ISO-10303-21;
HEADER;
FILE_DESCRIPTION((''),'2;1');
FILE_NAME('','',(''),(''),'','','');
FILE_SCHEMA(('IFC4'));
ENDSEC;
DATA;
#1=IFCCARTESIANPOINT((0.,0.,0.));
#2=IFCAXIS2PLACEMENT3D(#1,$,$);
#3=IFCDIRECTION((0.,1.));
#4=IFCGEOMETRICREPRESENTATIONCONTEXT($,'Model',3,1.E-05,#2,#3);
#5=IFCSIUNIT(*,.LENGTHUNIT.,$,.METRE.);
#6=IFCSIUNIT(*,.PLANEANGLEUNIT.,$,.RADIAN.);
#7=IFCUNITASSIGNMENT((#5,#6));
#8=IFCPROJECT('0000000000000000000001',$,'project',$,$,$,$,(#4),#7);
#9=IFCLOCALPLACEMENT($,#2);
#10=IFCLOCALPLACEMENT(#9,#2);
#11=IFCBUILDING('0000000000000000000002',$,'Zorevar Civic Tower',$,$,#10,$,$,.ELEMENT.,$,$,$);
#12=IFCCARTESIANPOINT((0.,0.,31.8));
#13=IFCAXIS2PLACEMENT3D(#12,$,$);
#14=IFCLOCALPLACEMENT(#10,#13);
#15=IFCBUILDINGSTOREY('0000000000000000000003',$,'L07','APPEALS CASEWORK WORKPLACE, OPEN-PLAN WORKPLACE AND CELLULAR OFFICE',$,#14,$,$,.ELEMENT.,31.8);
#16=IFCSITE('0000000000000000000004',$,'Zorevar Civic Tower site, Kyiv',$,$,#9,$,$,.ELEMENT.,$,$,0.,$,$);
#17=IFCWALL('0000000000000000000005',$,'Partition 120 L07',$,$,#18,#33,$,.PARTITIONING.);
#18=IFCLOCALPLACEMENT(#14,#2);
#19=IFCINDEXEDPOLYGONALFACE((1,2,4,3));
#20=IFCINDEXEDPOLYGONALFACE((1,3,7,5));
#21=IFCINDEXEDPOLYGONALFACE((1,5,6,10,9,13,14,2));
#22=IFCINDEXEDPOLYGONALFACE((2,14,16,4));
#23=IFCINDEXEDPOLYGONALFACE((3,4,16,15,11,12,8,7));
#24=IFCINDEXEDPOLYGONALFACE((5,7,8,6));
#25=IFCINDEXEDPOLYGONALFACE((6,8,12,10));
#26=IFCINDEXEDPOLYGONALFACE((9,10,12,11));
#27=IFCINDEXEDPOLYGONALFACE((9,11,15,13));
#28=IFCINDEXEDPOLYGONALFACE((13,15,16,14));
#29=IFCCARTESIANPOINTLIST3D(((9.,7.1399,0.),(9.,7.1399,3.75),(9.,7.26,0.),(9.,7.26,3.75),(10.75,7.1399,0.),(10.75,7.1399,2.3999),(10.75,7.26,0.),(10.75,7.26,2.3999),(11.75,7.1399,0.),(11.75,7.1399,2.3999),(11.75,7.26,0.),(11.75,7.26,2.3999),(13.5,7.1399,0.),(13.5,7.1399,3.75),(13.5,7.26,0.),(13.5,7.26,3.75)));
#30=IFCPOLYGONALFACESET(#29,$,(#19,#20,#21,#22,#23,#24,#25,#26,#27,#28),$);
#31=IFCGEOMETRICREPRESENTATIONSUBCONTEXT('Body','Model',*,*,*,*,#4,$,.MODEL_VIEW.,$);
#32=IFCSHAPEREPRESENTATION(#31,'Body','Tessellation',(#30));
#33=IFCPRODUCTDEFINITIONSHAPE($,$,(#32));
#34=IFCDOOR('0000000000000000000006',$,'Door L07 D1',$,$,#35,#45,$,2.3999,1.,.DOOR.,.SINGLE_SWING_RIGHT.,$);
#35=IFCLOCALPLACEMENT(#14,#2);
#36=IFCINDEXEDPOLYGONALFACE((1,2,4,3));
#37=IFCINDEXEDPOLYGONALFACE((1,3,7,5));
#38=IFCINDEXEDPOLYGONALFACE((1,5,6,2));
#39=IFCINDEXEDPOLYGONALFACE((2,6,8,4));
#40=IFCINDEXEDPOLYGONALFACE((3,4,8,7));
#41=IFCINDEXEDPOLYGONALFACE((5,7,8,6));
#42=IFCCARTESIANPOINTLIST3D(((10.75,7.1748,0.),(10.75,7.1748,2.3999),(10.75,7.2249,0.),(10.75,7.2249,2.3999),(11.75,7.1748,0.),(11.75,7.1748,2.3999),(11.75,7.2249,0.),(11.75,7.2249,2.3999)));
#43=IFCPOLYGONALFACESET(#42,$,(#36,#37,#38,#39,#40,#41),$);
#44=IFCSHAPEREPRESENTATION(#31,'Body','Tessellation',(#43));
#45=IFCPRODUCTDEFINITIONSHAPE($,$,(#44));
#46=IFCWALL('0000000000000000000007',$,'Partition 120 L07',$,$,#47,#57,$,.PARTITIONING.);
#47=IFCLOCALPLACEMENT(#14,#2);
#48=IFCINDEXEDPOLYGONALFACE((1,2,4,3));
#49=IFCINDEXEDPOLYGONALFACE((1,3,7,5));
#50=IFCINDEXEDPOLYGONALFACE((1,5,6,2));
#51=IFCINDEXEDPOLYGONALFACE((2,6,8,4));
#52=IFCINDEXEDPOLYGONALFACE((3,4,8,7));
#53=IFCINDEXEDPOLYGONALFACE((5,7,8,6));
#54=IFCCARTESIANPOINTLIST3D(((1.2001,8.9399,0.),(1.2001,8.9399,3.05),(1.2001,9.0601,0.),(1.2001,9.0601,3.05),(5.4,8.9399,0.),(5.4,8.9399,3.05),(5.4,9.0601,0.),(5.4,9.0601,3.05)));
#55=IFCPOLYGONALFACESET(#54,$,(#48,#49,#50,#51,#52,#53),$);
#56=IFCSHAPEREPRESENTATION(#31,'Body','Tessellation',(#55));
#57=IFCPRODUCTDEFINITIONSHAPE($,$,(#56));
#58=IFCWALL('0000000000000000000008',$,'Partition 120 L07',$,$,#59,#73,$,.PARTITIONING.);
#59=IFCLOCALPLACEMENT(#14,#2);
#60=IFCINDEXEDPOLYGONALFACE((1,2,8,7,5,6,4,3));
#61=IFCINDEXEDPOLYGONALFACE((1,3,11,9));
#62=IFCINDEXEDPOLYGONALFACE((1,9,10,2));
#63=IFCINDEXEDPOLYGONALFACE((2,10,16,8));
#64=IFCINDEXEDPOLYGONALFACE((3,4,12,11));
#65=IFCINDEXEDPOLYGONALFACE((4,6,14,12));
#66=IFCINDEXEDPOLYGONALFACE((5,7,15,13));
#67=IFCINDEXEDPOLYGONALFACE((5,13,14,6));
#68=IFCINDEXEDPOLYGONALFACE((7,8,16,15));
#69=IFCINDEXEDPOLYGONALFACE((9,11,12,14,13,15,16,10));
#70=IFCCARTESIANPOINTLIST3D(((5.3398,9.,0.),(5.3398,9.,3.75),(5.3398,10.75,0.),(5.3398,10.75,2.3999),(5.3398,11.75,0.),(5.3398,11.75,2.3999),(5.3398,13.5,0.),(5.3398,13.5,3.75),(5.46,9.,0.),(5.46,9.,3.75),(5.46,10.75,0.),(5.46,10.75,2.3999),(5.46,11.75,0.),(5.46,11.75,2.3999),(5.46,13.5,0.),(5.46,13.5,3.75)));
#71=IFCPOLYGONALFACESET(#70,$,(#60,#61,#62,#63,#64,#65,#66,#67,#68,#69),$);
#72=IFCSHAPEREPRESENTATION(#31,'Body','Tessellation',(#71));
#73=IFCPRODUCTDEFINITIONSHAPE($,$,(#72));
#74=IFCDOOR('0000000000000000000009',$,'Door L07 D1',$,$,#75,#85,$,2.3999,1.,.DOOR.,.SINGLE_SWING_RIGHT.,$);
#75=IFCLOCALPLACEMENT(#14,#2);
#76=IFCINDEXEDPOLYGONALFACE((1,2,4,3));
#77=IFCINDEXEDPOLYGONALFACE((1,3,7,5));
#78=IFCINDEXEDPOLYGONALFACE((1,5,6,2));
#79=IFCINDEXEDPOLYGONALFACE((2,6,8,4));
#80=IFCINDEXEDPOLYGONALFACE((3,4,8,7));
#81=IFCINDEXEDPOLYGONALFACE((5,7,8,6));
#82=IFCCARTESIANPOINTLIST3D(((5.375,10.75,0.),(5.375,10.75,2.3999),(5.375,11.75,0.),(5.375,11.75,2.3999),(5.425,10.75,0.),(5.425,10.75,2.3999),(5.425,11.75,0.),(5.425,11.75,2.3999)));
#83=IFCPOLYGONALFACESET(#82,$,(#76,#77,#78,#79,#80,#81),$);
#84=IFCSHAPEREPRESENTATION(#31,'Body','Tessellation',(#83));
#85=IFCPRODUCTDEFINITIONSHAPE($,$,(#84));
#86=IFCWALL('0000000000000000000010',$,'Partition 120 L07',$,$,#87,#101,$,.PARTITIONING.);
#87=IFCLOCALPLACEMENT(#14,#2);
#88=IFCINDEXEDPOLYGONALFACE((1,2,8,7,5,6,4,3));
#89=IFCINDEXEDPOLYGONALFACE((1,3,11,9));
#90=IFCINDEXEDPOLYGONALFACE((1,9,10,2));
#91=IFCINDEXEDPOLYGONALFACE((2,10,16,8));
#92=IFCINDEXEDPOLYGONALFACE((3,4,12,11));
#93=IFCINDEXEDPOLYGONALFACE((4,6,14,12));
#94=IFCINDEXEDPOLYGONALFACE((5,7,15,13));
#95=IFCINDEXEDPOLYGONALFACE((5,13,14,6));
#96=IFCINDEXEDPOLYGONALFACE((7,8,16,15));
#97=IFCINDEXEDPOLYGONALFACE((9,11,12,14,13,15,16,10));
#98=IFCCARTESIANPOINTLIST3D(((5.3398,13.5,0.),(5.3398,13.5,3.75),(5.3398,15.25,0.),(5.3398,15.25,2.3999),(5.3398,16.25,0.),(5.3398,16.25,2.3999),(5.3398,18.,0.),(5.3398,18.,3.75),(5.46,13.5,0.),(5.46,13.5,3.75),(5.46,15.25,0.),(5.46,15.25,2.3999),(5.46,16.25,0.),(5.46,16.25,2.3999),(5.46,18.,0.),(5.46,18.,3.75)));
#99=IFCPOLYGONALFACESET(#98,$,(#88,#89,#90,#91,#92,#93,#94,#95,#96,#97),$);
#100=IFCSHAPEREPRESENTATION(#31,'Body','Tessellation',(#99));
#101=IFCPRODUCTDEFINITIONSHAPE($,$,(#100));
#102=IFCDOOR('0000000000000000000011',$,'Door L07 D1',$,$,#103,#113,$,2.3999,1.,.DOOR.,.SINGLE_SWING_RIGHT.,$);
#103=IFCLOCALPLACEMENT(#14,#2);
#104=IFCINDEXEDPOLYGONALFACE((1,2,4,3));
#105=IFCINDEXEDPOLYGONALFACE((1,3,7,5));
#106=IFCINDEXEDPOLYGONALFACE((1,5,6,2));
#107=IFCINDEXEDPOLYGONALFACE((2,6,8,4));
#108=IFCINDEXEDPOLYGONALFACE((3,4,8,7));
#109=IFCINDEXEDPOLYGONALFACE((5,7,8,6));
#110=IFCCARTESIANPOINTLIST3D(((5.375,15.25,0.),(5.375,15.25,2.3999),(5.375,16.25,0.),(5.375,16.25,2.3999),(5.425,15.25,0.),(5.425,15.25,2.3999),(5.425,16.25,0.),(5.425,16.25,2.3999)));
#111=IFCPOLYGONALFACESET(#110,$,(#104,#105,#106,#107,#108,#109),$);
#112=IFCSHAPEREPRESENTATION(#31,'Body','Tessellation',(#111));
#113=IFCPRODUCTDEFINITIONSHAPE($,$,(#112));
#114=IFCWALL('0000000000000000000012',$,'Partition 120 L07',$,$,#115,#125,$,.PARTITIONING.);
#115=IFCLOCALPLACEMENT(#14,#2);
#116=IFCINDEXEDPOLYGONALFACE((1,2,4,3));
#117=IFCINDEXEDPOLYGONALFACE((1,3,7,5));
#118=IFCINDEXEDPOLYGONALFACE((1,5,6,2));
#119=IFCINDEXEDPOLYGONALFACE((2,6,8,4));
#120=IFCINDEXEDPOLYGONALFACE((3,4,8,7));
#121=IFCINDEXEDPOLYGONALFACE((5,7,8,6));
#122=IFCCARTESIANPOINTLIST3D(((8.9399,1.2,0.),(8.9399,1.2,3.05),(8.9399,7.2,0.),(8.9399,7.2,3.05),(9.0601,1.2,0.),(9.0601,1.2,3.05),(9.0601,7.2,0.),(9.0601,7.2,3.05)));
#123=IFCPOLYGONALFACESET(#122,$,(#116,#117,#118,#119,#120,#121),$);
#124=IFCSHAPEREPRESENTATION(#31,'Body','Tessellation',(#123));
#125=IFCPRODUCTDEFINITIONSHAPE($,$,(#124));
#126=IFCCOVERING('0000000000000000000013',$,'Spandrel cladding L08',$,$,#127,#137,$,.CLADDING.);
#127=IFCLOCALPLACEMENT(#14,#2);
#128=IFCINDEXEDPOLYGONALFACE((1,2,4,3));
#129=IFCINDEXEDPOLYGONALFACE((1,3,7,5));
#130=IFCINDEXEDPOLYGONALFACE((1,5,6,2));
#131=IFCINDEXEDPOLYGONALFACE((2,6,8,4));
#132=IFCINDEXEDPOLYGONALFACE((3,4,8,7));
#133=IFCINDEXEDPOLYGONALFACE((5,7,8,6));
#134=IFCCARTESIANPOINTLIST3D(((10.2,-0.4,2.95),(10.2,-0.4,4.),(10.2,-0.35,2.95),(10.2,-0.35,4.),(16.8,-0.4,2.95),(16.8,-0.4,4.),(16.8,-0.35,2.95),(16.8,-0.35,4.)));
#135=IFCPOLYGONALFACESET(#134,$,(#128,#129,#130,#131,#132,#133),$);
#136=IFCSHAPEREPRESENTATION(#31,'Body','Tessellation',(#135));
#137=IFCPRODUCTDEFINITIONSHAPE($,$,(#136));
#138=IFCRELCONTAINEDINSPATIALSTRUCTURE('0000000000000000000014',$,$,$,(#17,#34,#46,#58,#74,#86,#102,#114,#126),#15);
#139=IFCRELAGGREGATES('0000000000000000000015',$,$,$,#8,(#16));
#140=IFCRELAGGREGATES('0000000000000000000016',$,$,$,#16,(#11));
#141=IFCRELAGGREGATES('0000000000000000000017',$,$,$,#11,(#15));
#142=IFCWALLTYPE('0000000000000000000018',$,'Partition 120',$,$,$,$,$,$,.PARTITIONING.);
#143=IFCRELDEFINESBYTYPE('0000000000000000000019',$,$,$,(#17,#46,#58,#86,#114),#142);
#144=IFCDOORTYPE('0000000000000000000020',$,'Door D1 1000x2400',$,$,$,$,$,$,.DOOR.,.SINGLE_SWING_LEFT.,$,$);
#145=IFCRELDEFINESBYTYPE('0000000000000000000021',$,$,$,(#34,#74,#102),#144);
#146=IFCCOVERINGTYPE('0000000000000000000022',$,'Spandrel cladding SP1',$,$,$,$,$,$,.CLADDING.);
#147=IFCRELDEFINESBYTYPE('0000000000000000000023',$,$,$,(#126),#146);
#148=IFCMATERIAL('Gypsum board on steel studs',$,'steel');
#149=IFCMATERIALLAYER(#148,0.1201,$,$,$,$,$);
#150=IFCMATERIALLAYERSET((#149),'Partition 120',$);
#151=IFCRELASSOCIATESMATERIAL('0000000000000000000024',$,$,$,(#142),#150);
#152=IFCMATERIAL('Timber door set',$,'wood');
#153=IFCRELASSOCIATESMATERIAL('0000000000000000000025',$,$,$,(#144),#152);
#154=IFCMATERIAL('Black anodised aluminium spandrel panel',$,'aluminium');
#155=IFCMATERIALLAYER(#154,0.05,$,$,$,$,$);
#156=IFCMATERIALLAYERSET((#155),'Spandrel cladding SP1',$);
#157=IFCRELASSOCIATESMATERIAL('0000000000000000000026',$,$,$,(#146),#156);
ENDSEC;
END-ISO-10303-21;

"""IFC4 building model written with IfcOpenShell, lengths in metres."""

from ifc_helpers import new_model, si_unit, direction, frame, frame_2d, origin, place, context, subcontext, project, spatial, rectangle, extrude, material, layer, layer_set, type_object, element, fill, save


model = new_model("IFC4")

# Units and contexts
model_context = context("Model", 3, precision=1e-05, world=origin(), true_north=direction((0.0, 1.0)))
body_context = subcontext(model_context, "Body", "Model", "MODEL_VIEW")
ifc_project = project(units=[si_unit("LENGTHUNIT", "METRE"), si_unit("PLANEANGLEUNIT", "RADIAN")], contexts=[model_context])

# Site, building, storey
site_placement = place(None, origin())
site = spatial("IfcSite", under=ifc_project, at=site_placement, Name="Zorevar Civic Tower site, Kyiv", CompositionType="ELEMENT", RefElevation=0.0)
building_placement = place(site_placement, origin())
building = spatial("IfcBuilding", under=site, at=building_placement, Name="Zorevar Civic Tower", CompositionType="ELEMENT")
storey_placement = place(building_placement, frame((0.0, 0.0, 31.8)))
storey = spatial("IfcBuildingStorey", under=building, at=storey_placement, Name="L07", Description="APPEALS CASEWORK WORKPLACE, OPEN-PLAN WORKPLACE AND CELLULAR OFFICE", CompositionType="ELEMENT", Elevation=31.8)

# Wall, opening, door
ifc_material_1 = material(Name="Gypsum board on steel studs", Category="steel")
ifc_layer_1 = layer(ifc_material_1, 0.1201)
ifc_layer_set_1 = layer_set([ifc_layer_1], Name="Partition 120")
wall_type_1 = type_object("IfcWallType", Name="Partition 120", PredefinedType="PARTITIONING", material=ifc_layer_set_1)
wall_1_placement = place(storey_placement, frame((9.0, 7.2, 0.0), z_axis=(0.0, 0.0, 1.0), x_axis=(1.0, 0.0, 0.0)))
wall_1 = element("IfcWall", 1, at=wall_1_placement, inside=storey, type_object=wall_type_1, Name="Partition 120 L07", PredefinedType="PARTITIONING", context=body_context, shape_type="SweptSolid", body=[
    extrude(rectangle(XDim=4.5, YDim=0.1201, at=frame_2d((2.25, 0.0))), origin(), (0.0, 0.0, 1.0), 3.75),
])
opening_1_placement = place(wall_1_placement, frame((1.75, 0.0, 0.0)))
opening_1 = element("IfcOpeningElement", 2, at=opening_1_placement, cuts=wall_1, PredefinedType="OPENING", context=body_context, shape_type="SweptSolid", body=[
    extrude(rectangle(XDim=1.0, YDim=2.3999, at=frame_2d((0.5, 1.2))), frame((0.0, 0.0701, 0.0), z_axis=(0.0, -1.0, 0.0), x_axis=(1.0, 0.0, 0.0)), (0.0, 0.0, 1.0), 0.1401),
])
ifc_material_2 = material(Name="Timber door set", Category="wood")
door_type = type_object("IfcDoorType", Name="Door D1 1000x2400", OperationType="SINGLE_SWING_LEFT", PredefinedType="DOOR", material=ifc_material_2)
door_1_placement = place(opening_1_placement, origin())
door_1 = element("IfcDoor", 3, at=door_1_placement, inside=storey, type_object=door_type, Name="Door L07 D1", OperationType="SINGLE_SWING_RIGHT", OverallHeight=2.3999, OverallWidth=1.0, PredefinedType="DOOR", context=body_context, shape_type="SweptSolid", body=[
    extrude(rectangle(XDim=1.0, YDim=2.3999, at=frame_2d((0.5, 1.2))), frame((0.0, 0.0249, 0.0), z_axis=(0.0, -1.0, 0.0), x_axis=(1.0, 0.0, 0.0)), (0.0, 0.0, 1.0), 0.05),
])
fill(opening_1, door_1)

# Wall
wall_2_placement = place(storey_placement, frame((1.2, 9.0, 0.0), z_axis=(0.0, 0.0, 1.0), x_axis=(1.0, 0.0, 0.0)))
element("IfcWall", 4, at=wall_2_placement, inside=storey, type_object=wall_type_1, Name="Partition 120 L07", PredefinedType="PARTITIONING", context=body_context, shape_type="SweptSolid", body=[
    extrude(rectangle(XDim=4.2, YDim=0.1201, at=frame_2d((2.1001, 0.0))), origin(), (0.0, 0.0, 1.0), 3.05),
])

# Walls, openings, doors
wall_3_placement = place(storey_placement, frame((5.3999, 9.0, 0.0), z_axis=(0.0, 0.0, 1.0), x_axis=(0.0, 1.0, 0.0)))
wall_3 = element("IfcWall", 5, at=wall_3_placement, inside=storey, type_object=wall_type_1, Name="Partition 120 L07", PredefinedType="PARTITIONING", context=body_context, shape_type="SweptSolid", body=[
    extrude(rectangle(XDim=4.5, YDim=0.1201, at=frame_2d((2.25, 0.0))), origin(), (0.0, 0.0, 1.0), 3.75),
])
opening_2_placement = place(wall_3_placement, frame((1.75, 0.0, 0.0)))
opening_2 = element("IfcOpeningElement", 6, at=opening_2_placement, cuts=wall_3, PredefinedType="OPENING", context=body_context, shape_type="SweptSolid", body=[
    extrude(rectangle(XDim=1.0, YDim=2.3999, at=frame_2d((0.5, 1.2))), frame((0.0, 0.0701, 0.0), z_axis=(0.0, -1.0, 0.0), x_axis=(1.0, 0.0, 0.0)), (0.0, 0.0, 1.0), 0.1401),
])
door_2_placement = place(opening_2_placement, origin())
door_2 = element("IfcDoor", 7, at=door_2_placement, inside=storey, type_object=door_type, Name="Door L07 D1", OperationType="SINGLE_SWING_RIGHT", OverallHeight=2.3999, OverallWidth=1.0, PredefinedType="DOOR", context=body_context, shape_type="SweptSolid", body=[
    extrude(rectangle(XDim=1.0, YDim=2.3999, at=frame_2d((0.5, 1.2))), frame((0.0, 0.0249, 0.0), z_axis=(0.0, -1.0, 0.0), x_axis=(1.0, 0.0, 0.0)), (0.0, 0.0, 1.0), 0.05),
])
fill(opening_2, door_2)
wall_4_placement = place(storey_placement, frame((5.3999, 13.5, 0.0), z_axis=(0.0, 0.0, 1.0), x_axis=(0.0, 1.0, 0.0)))
wall_4 = element("IfcWall", 8, at=wall_4_placement, inside=storey, type_object=wall_type_1, Name="Partition 120 L07", PredefinedType="PARTITIONING", context=body_context, shape_type="SweptSolid", body=[
    extrude(rectangle(XDim=4.5, YDim=0.1201, at=frame_2d((2.25, 0.0))), origin(), (0.0, 0.0, 1.0), 3.75),
])
opening_3_placement = place(wall_4_placement, frame((1.75, 0.0, 0.0)))
opening_3 = element("IfcOpeningElement", 9, at=opening_3_placement, cuts=wall_4, PredefinedType="OPENING", context=body_context, shape_type="SweptSolid", body=[
    extrude(rectangle(XDim=1.0, YDim=2.3999, at=frame_2d((0.5, 1.2))), frame((0.0, 0.0701, 0.0), z_axis=(0.0, -1.0, 0.0), x_axis=(1.0, 0.0, 0.0)), (0.0, 0.0, 1.0), 0.1401),
])
door_3_placement = place(opening_3_placement, origin())
door_3 = element("IfcDoor", 10, at=door_3_placement, inside=storey, type_object=door_type, Name="Door L07 D1", OperationType="SINGLE_SWING_RIGHT", OverallHeight=2.3999, OverallWidth=1.0, PredefinedType="DOOR", context=body_context, shape_type="SweptSolid", body=[
    extrude(rectangle(XDim=1.0, YDim=2.3999, at=frame_2d((0.5, 1.2))), frame((0.0, 0.0249, 0.0), z_axis=(0.0, -1.0, 0.0), x_axis=(1.0, 0.0, 0.0)), (0.0, 0.0, 1.0), 0.05),
])
fill(opening_3, door_3)

# Wall
wall_5_placement = place(storey_placement, frame((9.0, 1.2, 0.0), z_axis=(0.0, 0.0, 1.0), x_axis=(0.0, 1.0, 0.0)))
element("IfcWall", 11, at=wall_5_placement, inside=storey, type_object=wall_type_1, Name="Partition 120 L07", PredefinedType="PARTITIONING", context=body_context, shape_type="SweptSolid", body=[
    extrude(rectangle(XDim=6.0, YDim=0.1201, at=frame_2d((3.0, 0.0))), origin(), (0.0, 0.0, 1.0), 3.05),
])

# Covering
ifc_material_3 = material(Name="Black anodised aluminium spandrel panel", Category="aluminium")
ifc_layer_2 = layer(ifc_material_3, 0.05)
ifc_layer_set_2 = layer_set([ifc_layer_2], Name="Spandrel cladding SP1")
covering_type = type_object("IfcCoveringType", Name="Spandrel cladding SP1", PredefinedType="CLADDING", material=ifc_layer_set_2)
covering_placement = place(storey_placement, frame((10.2, -0.375, 2.95), z_axis=(0.0, 0.0, 1.0), x_axis=(1.0, 0.0, 0.0)))
element("IfcCovering", 12, at=covering_placement, inside=storey, type_object=covering_type, Name="Spandrel cladding L08", PredefinedType="CLADDING", context=body_context, shape_type="SweptSolid", body=[
    extrude(rectangle(XDim=6.6001, YDim=0.05, at=frame_2d((3.3, 0.0))), origin(), (0.0, 0.0, 1.0), 1.05),
])

save(model, "model.ifc")
